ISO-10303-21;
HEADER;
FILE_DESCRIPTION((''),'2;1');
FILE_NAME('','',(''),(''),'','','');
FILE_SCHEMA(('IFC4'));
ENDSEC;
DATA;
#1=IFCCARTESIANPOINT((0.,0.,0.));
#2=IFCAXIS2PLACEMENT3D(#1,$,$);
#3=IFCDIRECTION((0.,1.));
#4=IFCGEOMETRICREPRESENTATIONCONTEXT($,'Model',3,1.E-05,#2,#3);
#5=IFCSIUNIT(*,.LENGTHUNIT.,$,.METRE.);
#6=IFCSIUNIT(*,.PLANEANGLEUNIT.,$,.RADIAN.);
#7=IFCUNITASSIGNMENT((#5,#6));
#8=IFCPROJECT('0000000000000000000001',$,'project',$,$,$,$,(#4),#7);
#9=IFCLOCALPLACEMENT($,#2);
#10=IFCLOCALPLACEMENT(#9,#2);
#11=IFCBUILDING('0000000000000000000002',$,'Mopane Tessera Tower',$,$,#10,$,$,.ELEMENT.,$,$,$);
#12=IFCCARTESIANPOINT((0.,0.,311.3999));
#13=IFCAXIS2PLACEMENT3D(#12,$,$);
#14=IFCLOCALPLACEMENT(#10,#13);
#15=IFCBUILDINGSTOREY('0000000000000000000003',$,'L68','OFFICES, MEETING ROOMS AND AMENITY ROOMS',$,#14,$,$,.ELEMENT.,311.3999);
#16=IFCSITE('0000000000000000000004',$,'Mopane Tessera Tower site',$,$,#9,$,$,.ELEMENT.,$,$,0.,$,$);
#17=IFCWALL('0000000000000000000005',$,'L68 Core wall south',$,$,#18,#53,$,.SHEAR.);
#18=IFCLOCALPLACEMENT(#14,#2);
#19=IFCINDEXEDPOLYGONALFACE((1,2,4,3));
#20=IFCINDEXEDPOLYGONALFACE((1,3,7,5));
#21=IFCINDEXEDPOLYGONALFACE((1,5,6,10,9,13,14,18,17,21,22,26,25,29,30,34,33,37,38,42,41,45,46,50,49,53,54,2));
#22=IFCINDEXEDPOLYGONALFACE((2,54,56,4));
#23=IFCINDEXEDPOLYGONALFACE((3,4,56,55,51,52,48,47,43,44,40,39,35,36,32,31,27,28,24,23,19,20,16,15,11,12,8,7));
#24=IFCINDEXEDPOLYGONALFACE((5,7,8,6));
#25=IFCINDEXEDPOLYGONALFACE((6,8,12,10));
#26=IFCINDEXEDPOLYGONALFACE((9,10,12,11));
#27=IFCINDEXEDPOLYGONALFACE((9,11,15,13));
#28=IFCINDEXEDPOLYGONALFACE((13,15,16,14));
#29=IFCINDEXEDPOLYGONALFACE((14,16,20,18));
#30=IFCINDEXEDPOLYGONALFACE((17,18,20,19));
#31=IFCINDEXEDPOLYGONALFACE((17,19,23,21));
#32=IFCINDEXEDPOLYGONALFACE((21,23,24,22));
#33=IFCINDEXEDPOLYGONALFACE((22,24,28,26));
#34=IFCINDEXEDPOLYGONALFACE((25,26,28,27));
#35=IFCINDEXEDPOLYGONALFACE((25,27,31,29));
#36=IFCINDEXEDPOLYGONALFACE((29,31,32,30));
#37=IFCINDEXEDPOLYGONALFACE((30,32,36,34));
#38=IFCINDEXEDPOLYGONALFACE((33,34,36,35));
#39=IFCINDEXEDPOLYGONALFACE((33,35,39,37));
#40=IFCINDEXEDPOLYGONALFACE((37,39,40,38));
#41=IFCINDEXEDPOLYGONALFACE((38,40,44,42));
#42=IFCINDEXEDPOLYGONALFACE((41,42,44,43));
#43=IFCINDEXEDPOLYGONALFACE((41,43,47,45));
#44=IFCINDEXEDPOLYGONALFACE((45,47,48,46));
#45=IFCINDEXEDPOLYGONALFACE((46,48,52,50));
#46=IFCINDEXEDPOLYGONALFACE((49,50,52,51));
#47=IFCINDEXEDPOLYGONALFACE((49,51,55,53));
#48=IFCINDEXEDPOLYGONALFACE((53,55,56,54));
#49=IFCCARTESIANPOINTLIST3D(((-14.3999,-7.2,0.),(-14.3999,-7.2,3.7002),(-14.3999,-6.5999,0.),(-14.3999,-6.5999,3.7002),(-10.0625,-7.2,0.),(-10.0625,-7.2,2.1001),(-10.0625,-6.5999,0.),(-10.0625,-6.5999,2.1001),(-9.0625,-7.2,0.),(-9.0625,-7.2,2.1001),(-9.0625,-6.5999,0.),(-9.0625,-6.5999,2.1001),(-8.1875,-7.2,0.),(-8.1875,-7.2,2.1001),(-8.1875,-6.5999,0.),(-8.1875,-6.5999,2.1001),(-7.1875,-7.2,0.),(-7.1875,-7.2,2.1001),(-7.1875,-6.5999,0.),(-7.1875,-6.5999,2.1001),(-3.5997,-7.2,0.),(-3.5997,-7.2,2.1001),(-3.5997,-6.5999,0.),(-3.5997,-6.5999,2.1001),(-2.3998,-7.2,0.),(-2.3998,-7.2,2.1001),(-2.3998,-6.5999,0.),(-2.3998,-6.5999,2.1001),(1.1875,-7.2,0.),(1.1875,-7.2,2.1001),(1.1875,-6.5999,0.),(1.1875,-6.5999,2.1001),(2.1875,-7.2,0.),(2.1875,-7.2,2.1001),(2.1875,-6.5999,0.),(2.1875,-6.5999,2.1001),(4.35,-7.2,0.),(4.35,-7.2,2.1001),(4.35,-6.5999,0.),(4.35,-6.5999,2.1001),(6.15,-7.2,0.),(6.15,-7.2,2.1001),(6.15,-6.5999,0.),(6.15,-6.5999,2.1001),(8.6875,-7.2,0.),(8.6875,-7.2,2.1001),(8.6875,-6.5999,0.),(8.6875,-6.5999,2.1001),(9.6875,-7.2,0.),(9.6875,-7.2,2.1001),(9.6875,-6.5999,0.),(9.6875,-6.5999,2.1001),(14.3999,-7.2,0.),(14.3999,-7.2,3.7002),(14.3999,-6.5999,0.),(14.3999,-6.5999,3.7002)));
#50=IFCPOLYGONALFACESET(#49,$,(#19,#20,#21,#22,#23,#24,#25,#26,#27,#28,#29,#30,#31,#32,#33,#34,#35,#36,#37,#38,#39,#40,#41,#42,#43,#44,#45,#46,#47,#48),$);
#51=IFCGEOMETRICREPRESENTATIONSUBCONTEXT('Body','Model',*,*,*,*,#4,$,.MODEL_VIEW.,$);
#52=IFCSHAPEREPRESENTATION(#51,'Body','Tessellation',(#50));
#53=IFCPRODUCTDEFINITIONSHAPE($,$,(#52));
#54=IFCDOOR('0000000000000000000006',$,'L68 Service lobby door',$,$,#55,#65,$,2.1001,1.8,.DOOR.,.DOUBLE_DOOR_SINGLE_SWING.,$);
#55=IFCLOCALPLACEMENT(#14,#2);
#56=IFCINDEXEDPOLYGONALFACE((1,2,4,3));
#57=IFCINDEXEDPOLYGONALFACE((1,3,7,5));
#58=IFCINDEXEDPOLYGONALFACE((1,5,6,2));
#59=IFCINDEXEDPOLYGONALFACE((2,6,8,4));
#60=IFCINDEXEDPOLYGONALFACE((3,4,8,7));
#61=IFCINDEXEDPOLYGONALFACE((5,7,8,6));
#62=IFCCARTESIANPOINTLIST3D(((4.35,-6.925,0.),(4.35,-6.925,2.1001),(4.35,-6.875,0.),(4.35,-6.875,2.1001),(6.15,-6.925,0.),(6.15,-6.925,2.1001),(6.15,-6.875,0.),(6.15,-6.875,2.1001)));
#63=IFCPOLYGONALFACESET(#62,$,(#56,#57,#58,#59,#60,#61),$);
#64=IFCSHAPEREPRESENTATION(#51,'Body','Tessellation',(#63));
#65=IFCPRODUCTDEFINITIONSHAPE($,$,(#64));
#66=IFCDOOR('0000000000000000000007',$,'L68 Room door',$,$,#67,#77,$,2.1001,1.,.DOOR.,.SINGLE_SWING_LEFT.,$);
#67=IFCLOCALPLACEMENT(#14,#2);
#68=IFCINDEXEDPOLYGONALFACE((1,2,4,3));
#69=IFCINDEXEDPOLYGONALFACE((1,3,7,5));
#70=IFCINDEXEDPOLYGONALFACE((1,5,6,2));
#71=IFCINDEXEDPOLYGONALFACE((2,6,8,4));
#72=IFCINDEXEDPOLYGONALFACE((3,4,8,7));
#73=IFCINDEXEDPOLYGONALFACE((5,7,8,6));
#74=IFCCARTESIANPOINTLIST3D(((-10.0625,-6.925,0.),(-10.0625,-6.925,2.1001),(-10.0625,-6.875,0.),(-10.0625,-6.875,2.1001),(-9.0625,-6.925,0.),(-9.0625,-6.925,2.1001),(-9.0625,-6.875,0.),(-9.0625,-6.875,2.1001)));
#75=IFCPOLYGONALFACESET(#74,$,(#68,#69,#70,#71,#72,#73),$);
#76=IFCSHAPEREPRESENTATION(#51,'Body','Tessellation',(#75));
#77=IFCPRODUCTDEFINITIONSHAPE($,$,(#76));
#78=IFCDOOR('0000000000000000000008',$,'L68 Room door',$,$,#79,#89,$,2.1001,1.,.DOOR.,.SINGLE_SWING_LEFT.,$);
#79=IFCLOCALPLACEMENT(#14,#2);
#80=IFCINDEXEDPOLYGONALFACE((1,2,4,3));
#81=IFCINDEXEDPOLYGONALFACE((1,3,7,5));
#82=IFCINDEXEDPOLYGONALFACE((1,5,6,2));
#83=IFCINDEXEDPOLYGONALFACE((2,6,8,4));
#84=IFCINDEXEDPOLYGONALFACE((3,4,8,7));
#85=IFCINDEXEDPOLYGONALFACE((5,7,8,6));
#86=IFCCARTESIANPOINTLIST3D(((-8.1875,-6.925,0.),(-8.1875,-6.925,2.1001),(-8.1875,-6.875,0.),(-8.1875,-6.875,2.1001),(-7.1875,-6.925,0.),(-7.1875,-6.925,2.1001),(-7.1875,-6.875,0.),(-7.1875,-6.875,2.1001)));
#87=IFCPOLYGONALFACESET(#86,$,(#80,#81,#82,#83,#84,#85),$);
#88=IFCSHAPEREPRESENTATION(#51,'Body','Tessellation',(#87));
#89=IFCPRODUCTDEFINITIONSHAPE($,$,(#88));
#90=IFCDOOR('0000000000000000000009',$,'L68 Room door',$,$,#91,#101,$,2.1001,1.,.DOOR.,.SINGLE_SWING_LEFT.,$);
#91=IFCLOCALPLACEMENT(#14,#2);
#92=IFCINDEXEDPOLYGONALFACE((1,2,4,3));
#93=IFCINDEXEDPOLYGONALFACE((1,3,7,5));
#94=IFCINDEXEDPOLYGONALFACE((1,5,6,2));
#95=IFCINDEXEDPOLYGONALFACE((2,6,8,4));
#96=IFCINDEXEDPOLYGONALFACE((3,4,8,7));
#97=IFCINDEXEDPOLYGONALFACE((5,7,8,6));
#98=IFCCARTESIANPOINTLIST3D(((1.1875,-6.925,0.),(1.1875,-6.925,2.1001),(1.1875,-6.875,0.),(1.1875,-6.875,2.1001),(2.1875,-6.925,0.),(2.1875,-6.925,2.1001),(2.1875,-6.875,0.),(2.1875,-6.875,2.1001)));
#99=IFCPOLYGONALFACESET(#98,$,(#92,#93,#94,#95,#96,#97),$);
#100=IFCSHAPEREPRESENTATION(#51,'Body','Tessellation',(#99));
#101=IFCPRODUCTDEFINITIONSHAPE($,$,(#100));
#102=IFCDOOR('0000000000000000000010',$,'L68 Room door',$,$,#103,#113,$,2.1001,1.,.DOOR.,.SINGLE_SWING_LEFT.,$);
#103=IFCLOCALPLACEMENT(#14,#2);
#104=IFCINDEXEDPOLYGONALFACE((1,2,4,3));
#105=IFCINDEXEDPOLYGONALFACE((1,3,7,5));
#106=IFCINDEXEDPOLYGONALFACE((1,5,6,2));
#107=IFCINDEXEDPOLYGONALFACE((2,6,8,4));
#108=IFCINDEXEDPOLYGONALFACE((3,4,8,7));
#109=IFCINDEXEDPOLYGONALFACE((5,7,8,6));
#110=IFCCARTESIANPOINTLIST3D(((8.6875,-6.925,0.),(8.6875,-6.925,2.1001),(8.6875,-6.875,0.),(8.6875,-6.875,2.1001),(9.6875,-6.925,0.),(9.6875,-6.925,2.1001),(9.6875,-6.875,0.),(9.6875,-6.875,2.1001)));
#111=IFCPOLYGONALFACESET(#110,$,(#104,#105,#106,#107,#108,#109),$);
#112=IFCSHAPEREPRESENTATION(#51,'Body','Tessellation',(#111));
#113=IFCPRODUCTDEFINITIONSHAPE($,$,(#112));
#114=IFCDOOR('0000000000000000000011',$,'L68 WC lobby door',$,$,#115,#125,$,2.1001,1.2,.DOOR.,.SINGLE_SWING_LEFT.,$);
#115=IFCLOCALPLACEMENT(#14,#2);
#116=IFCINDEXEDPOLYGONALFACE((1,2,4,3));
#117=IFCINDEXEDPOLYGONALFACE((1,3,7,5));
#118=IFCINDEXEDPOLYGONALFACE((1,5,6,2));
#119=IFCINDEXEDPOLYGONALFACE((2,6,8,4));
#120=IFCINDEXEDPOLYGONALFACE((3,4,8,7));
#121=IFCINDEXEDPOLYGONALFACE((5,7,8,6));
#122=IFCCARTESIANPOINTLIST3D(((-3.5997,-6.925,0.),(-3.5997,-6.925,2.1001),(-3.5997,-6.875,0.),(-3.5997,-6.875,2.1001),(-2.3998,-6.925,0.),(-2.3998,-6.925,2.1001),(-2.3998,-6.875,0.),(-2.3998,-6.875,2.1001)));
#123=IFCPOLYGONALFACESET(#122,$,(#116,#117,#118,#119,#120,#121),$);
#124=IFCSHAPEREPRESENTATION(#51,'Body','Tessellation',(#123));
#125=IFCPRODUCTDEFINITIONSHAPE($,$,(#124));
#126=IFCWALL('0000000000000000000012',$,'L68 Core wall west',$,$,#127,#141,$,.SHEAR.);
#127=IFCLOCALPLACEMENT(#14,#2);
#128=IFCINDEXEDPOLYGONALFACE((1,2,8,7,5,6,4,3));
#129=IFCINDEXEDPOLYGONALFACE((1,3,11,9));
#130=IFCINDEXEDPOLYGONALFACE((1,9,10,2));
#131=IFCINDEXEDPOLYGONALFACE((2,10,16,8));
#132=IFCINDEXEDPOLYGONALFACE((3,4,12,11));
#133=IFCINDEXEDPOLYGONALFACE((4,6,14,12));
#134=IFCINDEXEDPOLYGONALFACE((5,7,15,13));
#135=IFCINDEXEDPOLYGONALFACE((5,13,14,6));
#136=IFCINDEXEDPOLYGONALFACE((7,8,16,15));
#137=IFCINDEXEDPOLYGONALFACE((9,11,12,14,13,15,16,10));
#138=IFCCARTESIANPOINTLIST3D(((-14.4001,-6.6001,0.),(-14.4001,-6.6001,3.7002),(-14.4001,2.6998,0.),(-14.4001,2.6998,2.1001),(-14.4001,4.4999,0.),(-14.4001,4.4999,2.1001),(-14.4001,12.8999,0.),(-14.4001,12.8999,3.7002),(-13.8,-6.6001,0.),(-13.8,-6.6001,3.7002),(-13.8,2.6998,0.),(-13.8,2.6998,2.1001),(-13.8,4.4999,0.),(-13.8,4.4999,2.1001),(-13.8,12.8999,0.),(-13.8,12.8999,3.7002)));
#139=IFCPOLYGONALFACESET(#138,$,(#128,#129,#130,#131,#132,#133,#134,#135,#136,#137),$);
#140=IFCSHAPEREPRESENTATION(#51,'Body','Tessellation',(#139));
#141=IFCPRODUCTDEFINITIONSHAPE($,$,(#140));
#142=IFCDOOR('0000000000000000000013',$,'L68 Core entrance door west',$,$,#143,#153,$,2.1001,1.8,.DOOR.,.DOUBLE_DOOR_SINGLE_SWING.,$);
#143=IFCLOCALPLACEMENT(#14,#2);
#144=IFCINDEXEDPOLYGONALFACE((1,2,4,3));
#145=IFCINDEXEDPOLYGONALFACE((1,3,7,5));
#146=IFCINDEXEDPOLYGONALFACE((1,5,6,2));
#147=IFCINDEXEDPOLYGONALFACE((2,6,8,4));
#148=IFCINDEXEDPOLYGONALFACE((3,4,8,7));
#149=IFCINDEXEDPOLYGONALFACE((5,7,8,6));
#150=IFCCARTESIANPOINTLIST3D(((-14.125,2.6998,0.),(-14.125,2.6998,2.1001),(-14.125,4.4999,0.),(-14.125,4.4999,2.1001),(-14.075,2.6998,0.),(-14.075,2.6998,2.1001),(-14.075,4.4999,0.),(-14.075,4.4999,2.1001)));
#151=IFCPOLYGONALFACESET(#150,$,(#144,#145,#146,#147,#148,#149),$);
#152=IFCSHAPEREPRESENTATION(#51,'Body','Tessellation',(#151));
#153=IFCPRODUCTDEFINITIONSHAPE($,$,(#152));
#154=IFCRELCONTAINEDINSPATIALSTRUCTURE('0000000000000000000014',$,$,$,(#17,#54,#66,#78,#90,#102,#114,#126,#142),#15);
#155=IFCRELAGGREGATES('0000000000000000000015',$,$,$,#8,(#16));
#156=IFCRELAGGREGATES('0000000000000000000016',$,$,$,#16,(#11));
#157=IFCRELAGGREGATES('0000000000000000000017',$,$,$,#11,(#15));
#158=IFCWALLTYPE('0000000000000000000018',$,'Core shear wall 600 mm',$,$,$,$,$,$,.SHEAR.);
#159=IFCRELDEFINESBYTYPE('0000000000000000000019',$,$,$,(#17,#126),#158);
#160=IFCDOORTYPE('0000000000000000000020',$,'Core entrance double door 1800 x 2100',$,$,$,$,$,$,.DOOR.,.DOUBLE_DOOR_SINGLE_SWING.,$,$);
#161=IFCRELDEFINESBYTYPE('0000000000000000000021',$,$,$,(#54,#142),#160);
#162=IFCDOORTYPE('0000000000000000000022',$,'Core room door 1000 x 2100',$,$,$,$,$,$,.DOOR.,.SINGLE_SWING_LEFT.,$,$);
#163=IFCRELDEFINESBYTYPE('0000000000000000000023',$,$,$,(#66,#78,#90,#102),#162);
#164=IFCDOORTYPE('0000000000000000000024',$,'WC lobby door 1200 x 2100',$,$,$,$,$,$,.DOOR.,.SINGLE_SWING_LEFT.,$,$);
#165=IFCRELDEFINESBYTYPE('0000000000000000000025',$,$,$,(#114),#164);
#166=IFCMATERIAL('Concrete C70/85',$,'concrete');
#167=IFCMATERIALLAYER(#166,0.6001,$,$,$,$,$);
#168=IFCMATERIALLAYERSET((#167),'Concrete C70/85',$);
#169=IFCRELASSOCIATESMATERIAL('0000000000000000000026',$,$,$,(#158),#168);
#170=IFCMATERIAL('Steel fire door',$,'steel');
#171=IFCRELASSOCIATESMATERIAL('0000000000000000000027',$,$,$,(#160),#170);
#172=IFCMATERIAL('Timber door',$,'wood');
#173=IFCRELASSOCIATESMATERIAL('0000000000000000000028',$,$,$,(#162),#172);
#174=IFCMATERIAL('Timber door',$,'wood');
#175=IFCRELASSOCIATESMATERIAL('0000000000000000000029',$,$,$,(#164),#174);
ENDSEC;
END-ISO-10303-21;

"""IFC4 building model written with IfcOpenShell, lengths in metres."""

from ifc_helpers import new_model, si_unit, direction, frame, frame_2d, origin, place, context, subcontext, project, spatial, rectangle, extrude, material, layer, layer_set, type_object, element, fill, save


model = new_model("IFC4")

# Units and contexts
model_context = context("Model", 3, precision=1e-05, world=origin(), true_north=direction((0.0, 1.0)))
body_context = subcontext(model_context, "Body", "Model", "MODEL_VIEW")
ifc_project = project(units=[si_unit("LENGTHUNIT", "METRE"), si_unit("PLANEANGLEUNIT", "RADIAN")], contexts=[model_context])

# Site, building, storey
site_placement = place(None, origin())
site = spatial("IfcSite", under=ifc_project, at=site_placement, Name="Mopane Tessera Tower site", CompositionType="ELEMENT", RefElevation=0.0)
building_placement = place(site_placement, origin())
building = spatial("IfcBuilding", under=site, at=building_placement, Name="Mopane Tessera Tower", CompositionType="ELEMENT")
storey_placement = place(building_placement, frame((0.0, 0.0, 311.3999)))
storey = spatial("IfcBuildingStorey", under=building, at=storey_placement, Name="L68", Description="OFFICES, MEETING ROOMS AND AMENITY ROOMS", CompositionType="ELEMENT", Elevation=311.3999)

# Wall, openings, doors
ifc_material_1 = material(Name="Concrete C70/85", Category="concrete")
ifc_layer_1 = layer(ifc_material_1, 0.6001)
ifc_layer_set_1 = layer_set([ifc_layer_1], Name="Concrete C70/85")
wall_type_1 = type_object("IfcWallType", Name="Core shear wall 600 mm", PredefinedType="SHEAR", material=ifc_layer_set_1)
wall_1_placement = place(storey_placement, frame((-14.3999, -6.8999, 0.0), z_axis=(0.0, 0.0, 1.0), x_axis=(1.0, 0.0, 0.0)))
wall_1 = element("IfcWall", 1, at=wall_1_placement, inside=storey, type_object=wall_type_1, Name="L68 Core wall south", PredefinedType="SHEAR", context=body_context, shape_type="SweptSolid", body=[
    extrude(rectangle(XDim=28.7998, YDim=0.6001, at=frame_2d((14.3999, 0.0))), origin(), (0.0, 0.0, 1.0), 3.7002),
])
opening_1_placement = place(wall_1_placement, frame((4.3374, 0.0, 0.0)))
opening_1 = element("IfcOpeningElement", 2, at=opening_1_placement, cuts=wall_1, PredefinedType="OPENING", context=body_context, shape_type="SweptSolid", body=[
    extrude(rectangle(XDim=1.0, YDim=2.1001, at=frame_2d((0.5, 1.05))), frame((0.0, 0.312, 0.0), z_axis=(0.0, -1.0, 0.0), x_axis=(1.0, 0.0, 0.0)), (0.0, 0.0, 1.0), 0.624),
])
opening_2_placement = place(wall_1_placement, frame((6.2124, 0.0, 0.0)))
opening_2 = element("IfcOpeningElement", 3, at=opening_2_placement, cuts=wall_1, PredefinedType="OPENING", context=body_context, shape_type="SweptSolid", body=[
    extrude(rectangle(XDim=1.0, YDim=2.1001, at=frame_2d((0.5, 1.05))), frame((0.0, 0.312, 0.0), z_axis=(0.0, -1.0, 0.0), x_axis=(1.0, 0.0, 0.0)), (0.0, 0.0, 1.0), 0.624),
])
opening_3_placement = place(wall_1_placement, frame((10.8, 0.0, 0.0)))
opening_3 = element("IfcOpeningElement", 4, at=opening_3_placement, cuts=wall_1, PredefinedType="OPENING", context=body_context, shape_type="SweptSolid", body=[
    extrude(rectangle(XDim=1.2, YDim=2.1001, at=frame_2d((0.6001, 1.05))), frame((0.0, 0.312, 0.0), z_axis=(0.0, -1.0, 0.0), x_axis=(1.0, 0.0, 0.0)), (0.0, 0.0, 1.0), 0.624),
])
opening_4_placement = place(wall_1_placement, frame((15.5874, 0.0, 0.0)))
opening_4 = element("IfcOpeningElement", 5, at=opening_4_placement, cuts=wall_1, PredefinedType="OPENING", context=body_context, shape_type="SweptSolid", body=[
    extrude(rectangle(XDim=1.0, YDim=2.1001, at=frame_2d((0.5, 1.05))), frame((0.0, 0.312, 0.0), z_axis=(0.0, -1.0, 0.0), x_axis=(1.0, 0.0, 0.0)), (0.0, 0.0, 1.0), 0.624),
])
opening_5_placement = place(wall_1_placement, frame((18.75, 0.0, 0.0)))
opening_5 = element("IfcOpeningElement", 6, at=opening_5_placement, cuts=wall_1, PredefinedType="OPENING", context=body_context, shape_type="SweptSolid", body=[
    extrude(rectangle(XDim=1.8, YDim=2.1001, at=frame_2d((0.8999, 1.05))), frame((0.0, 0.312, 0.0), z_axis=(0.0, -1.0, 0.0), x_axis=(1.0, 0.0, 0.0)), (0.0, 0.0, 1.0), 0.624),
])
opening_6_placement = place(wall_1_placement, frame((23.0874, 0.0, 0.0)))
opening_6 = element("IfcOpeningElement", 7, at=opening_6_placement, cuts=wall_1, PredefinedType="OPENING", context=body_context, shape_type="SweptSolid", body=[
    extrude(rectangle(XDim=1.0, YDim=2.1001, at=frame_2d((0.5, 1.05))), frame((0.0, 0.312, 0.0), z_axis=(0.0, -1.0, 0.0), x_axis=(1.0, 0.0, 0.0)), (0.0, 0.0, 1.0), 0.624),
])
ifc_material_2 = material(Name="Steel fire door", Category="steel")
door_type_1 = type_object("IfcDoorType", Name="Core entrance double door 1800 x 2100", OperationType="DOUBLE_DOOR_SINGLE_SWING", PredefinedType="DOOR", material=ifc_material_2)
door_1_placement = place(opening_5_placement, origin())
door_1 = element("IfcDoor", 8, at=door_1_placement, inside=storey, type_object=door_type_1, Name="L68 Service lobby door", OperationType="DOUBLE_DOOR_SINGLE_SWING", OverallHeight=2.1001, OverallWidth=1.8, PredefinedType="DOOR", context=body_context, shape_type="SweptSolid", body=[
    extrude(rectangle(XDim=1.8, YDim=2.1001, at=frame_2d((0.8999, 1.05))), frame((0.0, 0.0249, 0.0), z_axis=(0.0, -1.0, 0.0), x_axis=(1.0, 0.0, 0.0)), (0.0, 0.0, 1.0), 0.05),
])
fill(opening_5, door_1)
ifc_material_3 = material(Name="Timber door", Category="wood")
door_type_2 = type_object("IfcDoorType", Name="Core room door 1000 x 2100", OperationType="SINGLE_SWING_LEFT", PredefinedType="DOOR", material=ifc_material_3)
door_2_placement = place(opening_1_placement, origin())
door_2 = element("IfcDoor", 9, at=door_2_placement, inside=storey, type_object=door_type_2, Name="L68 Room door", OperationType="SINGLE_SWING_LEFT", OverallHeight=2.1001, OverallWidth=1.0, PredefinedType="DOOR", context=body_context, shape_type="SweptSolid", body=[
    extrude(rectangle(XDim=1.0, YDim=2.1001, at=frame_2d((0.5, 1.05))), frame((0.0, 0.0249, 0.0), z_axis=(0.0, -1.0, 0.0), x_axis=(1.0, 0.0, 0.0)), (0.0, 0.0, 1.0), 0.05),
])
fill(opening_1, door_2)
door_3_placement = place(opening_2_placement, origin())
door_3 = element("IfcDoor", 10, at=door_3_placement, inside=storey, type_object=door_type_2, Name="L68 Room door", OperationType="SINGLE_SWING_LEFT", OverallHeight=2.1001, OverallWidth=1.0, PredefinedType="DOOR", context=body_context, shape_type="SweptSolid", body=[
    extrude(rectangle(XDim=1.0, YDim=2.1001, at=frame_2d((0.5, 1.05))), frame((0.0, 0.0249, 0.0), z_axis=(0.0, -1.0, 0.0), x_axis=(1.0, 0.0, 0.0)), (0.0, 0.0, 1.0), 0.05),
])
fill(opening_2, door_3)
door_4_placement = place(opening_4_placement, origin())
door_4 = element("IfcDoor", 11, at=door_4_placement, inside=storey, type_object=door_type_2, Name="L68 Room door", OperationType="SINGLE_SWING_LEFT", OverallHeight=2.1001, OverallWidth=1.0, PredefinedType="DOOR", context=body_context, shape_type="SweptSolid", body=[
    extrude(rectangle(XDim=1.0, YDim=2.1001, at=frame_2d((0.5, 1.05))), frame((0.0, 0.0249, 0.0), z_axis=(0.0, -1.0, 0.0), x_axis=(1.0, 0.0, 0.0)), (0.0, 0.0, 1.0), 0.05),
])
fill(opening_4, door_4)
door_5_placement = place(opening_6_placement, origin())
door_5 = element("IfcDoor", 12, at=door_5_placement, inside=storey, type_object=door_type_2, Name="L68 Room door", OperationType="SINGLE_SWING_LEFT", OverallHeight=2.1001, OverallWidth=1.0, PredefinedType="DOOR", context=body_context, shape_type="SweptSolid", body=[
    extrude(rectangle(XDim=1.0, YDim=2.1001, at=frame_2d((0.5, 1.05))), frame((0.0, 0.0249, 0.0), z_axis=(0.0, -1.0, 0.0), x_axis=(1.0, 0.0, 0.0)), (0.0, 0.0, 1.0), 0.05),
])
fill(opening_6, door_5)
ifc_material_4 = material(Name="Timber door", Category="wood")
door_type_3 = type_object("IfcDoorType", Name="WC lobby door 1200 x 2100", OperationType="SINGLE_SWING_LEFT", PredefinedType="DOOR", material=ifc_material_4)
door_6_placement = place(opening_3_placement, origin())
door_6 = element("IfcDoor", 13, at=door_6_placement, inside=storey, type_object=door_type_3, Name="L68 WC lobby door", OperationType="SINGLE_SWING_LEFT", OverallHeight=2.1001, OverallWidth=1.2, PredefinedType="DOOR", context=body_context, shape_type="SweptSolid", body=[
    extrude(rectangle(XDim=1.2, YDim=2.1001, at=frame_2d((0.6001, 1.05))), frame((0.0, 0.0249, 0.0), z_axis=(0.0, -1.0, 0.0), x_axis=(1.0, 0.0, 0.0)), (0.0, 0.0, 1.0), 0.05),
])
fill(opening_3, door_6)

# Wall, opening, door
wall_2_placement = place(storey_placement, frame((-14.1001, -6.6001, 0.0), z_axis=(0.0, 0.0, 1.0), x_axis=(0.0, 1.0, 0.0)))
wall_2 = element("IfcWall", 14, at=wall_2_placement, inside=storey, type_object=wall_type_1, Name="L68 Core wall west", PredefinedType="SHEAR", context=body_context, shape_type="SweptSolid", body=[
    extrude(rectangle(XDim=19.5, YDim=0.6001, at=frame_2d((9.75, 0.0))), origin(), (0.0, 0.0, 1.0), 3.7002),
])
opening_7_placement = place(wall_2_placement, frame((9.3, 0.0, 0.0)))
opening_7 = element("IfcOpeningElement", 15, at=opening_7_placement, cuts=wall_2, PredefinedType="OPENING", context=body_context, shape_type="SweptSolid", body=[
    extrude(rectangle(XDim=1.8, YDim=2.1001, at=frame_2d((0.8999, 1.05))), frame((0.0, 0.312, 0.0), z_axis=(0.0, -1.0, 0.0), x_axis=(1.0, 0.0, 0.0)), (0.0, 0.0, 1.0), 0.624),
])
door_7_placement = place(opening_7_placement, origin())
door_7 = element("IfcDoor", 16, at=door_7_placement, inside=storey, type_object=door_type_1, Name="L68 Core entrance door west", OperationType="DOUBLE_DOOR_SINGLE_SWING", OverallHeight=2.1001, OverallWidth=1.8, PredefinedType="DOOR", context=body_context, shape_type="SweptSolid", body=[
    extrude(rectangle(XDim=1.8, YDim=2.1001, at=frame_2d((0.8999, 1.05))), frame((0.0, 0.0249, 0.0), z_axis=(0.0, -1.0, 0.0), x_axis=(1.0, 0.0, 0.0)), (0.0, 0.0, 1.0), 0.05),
])
fill(opening_7, door_7)

save(model, "model.ifc")
